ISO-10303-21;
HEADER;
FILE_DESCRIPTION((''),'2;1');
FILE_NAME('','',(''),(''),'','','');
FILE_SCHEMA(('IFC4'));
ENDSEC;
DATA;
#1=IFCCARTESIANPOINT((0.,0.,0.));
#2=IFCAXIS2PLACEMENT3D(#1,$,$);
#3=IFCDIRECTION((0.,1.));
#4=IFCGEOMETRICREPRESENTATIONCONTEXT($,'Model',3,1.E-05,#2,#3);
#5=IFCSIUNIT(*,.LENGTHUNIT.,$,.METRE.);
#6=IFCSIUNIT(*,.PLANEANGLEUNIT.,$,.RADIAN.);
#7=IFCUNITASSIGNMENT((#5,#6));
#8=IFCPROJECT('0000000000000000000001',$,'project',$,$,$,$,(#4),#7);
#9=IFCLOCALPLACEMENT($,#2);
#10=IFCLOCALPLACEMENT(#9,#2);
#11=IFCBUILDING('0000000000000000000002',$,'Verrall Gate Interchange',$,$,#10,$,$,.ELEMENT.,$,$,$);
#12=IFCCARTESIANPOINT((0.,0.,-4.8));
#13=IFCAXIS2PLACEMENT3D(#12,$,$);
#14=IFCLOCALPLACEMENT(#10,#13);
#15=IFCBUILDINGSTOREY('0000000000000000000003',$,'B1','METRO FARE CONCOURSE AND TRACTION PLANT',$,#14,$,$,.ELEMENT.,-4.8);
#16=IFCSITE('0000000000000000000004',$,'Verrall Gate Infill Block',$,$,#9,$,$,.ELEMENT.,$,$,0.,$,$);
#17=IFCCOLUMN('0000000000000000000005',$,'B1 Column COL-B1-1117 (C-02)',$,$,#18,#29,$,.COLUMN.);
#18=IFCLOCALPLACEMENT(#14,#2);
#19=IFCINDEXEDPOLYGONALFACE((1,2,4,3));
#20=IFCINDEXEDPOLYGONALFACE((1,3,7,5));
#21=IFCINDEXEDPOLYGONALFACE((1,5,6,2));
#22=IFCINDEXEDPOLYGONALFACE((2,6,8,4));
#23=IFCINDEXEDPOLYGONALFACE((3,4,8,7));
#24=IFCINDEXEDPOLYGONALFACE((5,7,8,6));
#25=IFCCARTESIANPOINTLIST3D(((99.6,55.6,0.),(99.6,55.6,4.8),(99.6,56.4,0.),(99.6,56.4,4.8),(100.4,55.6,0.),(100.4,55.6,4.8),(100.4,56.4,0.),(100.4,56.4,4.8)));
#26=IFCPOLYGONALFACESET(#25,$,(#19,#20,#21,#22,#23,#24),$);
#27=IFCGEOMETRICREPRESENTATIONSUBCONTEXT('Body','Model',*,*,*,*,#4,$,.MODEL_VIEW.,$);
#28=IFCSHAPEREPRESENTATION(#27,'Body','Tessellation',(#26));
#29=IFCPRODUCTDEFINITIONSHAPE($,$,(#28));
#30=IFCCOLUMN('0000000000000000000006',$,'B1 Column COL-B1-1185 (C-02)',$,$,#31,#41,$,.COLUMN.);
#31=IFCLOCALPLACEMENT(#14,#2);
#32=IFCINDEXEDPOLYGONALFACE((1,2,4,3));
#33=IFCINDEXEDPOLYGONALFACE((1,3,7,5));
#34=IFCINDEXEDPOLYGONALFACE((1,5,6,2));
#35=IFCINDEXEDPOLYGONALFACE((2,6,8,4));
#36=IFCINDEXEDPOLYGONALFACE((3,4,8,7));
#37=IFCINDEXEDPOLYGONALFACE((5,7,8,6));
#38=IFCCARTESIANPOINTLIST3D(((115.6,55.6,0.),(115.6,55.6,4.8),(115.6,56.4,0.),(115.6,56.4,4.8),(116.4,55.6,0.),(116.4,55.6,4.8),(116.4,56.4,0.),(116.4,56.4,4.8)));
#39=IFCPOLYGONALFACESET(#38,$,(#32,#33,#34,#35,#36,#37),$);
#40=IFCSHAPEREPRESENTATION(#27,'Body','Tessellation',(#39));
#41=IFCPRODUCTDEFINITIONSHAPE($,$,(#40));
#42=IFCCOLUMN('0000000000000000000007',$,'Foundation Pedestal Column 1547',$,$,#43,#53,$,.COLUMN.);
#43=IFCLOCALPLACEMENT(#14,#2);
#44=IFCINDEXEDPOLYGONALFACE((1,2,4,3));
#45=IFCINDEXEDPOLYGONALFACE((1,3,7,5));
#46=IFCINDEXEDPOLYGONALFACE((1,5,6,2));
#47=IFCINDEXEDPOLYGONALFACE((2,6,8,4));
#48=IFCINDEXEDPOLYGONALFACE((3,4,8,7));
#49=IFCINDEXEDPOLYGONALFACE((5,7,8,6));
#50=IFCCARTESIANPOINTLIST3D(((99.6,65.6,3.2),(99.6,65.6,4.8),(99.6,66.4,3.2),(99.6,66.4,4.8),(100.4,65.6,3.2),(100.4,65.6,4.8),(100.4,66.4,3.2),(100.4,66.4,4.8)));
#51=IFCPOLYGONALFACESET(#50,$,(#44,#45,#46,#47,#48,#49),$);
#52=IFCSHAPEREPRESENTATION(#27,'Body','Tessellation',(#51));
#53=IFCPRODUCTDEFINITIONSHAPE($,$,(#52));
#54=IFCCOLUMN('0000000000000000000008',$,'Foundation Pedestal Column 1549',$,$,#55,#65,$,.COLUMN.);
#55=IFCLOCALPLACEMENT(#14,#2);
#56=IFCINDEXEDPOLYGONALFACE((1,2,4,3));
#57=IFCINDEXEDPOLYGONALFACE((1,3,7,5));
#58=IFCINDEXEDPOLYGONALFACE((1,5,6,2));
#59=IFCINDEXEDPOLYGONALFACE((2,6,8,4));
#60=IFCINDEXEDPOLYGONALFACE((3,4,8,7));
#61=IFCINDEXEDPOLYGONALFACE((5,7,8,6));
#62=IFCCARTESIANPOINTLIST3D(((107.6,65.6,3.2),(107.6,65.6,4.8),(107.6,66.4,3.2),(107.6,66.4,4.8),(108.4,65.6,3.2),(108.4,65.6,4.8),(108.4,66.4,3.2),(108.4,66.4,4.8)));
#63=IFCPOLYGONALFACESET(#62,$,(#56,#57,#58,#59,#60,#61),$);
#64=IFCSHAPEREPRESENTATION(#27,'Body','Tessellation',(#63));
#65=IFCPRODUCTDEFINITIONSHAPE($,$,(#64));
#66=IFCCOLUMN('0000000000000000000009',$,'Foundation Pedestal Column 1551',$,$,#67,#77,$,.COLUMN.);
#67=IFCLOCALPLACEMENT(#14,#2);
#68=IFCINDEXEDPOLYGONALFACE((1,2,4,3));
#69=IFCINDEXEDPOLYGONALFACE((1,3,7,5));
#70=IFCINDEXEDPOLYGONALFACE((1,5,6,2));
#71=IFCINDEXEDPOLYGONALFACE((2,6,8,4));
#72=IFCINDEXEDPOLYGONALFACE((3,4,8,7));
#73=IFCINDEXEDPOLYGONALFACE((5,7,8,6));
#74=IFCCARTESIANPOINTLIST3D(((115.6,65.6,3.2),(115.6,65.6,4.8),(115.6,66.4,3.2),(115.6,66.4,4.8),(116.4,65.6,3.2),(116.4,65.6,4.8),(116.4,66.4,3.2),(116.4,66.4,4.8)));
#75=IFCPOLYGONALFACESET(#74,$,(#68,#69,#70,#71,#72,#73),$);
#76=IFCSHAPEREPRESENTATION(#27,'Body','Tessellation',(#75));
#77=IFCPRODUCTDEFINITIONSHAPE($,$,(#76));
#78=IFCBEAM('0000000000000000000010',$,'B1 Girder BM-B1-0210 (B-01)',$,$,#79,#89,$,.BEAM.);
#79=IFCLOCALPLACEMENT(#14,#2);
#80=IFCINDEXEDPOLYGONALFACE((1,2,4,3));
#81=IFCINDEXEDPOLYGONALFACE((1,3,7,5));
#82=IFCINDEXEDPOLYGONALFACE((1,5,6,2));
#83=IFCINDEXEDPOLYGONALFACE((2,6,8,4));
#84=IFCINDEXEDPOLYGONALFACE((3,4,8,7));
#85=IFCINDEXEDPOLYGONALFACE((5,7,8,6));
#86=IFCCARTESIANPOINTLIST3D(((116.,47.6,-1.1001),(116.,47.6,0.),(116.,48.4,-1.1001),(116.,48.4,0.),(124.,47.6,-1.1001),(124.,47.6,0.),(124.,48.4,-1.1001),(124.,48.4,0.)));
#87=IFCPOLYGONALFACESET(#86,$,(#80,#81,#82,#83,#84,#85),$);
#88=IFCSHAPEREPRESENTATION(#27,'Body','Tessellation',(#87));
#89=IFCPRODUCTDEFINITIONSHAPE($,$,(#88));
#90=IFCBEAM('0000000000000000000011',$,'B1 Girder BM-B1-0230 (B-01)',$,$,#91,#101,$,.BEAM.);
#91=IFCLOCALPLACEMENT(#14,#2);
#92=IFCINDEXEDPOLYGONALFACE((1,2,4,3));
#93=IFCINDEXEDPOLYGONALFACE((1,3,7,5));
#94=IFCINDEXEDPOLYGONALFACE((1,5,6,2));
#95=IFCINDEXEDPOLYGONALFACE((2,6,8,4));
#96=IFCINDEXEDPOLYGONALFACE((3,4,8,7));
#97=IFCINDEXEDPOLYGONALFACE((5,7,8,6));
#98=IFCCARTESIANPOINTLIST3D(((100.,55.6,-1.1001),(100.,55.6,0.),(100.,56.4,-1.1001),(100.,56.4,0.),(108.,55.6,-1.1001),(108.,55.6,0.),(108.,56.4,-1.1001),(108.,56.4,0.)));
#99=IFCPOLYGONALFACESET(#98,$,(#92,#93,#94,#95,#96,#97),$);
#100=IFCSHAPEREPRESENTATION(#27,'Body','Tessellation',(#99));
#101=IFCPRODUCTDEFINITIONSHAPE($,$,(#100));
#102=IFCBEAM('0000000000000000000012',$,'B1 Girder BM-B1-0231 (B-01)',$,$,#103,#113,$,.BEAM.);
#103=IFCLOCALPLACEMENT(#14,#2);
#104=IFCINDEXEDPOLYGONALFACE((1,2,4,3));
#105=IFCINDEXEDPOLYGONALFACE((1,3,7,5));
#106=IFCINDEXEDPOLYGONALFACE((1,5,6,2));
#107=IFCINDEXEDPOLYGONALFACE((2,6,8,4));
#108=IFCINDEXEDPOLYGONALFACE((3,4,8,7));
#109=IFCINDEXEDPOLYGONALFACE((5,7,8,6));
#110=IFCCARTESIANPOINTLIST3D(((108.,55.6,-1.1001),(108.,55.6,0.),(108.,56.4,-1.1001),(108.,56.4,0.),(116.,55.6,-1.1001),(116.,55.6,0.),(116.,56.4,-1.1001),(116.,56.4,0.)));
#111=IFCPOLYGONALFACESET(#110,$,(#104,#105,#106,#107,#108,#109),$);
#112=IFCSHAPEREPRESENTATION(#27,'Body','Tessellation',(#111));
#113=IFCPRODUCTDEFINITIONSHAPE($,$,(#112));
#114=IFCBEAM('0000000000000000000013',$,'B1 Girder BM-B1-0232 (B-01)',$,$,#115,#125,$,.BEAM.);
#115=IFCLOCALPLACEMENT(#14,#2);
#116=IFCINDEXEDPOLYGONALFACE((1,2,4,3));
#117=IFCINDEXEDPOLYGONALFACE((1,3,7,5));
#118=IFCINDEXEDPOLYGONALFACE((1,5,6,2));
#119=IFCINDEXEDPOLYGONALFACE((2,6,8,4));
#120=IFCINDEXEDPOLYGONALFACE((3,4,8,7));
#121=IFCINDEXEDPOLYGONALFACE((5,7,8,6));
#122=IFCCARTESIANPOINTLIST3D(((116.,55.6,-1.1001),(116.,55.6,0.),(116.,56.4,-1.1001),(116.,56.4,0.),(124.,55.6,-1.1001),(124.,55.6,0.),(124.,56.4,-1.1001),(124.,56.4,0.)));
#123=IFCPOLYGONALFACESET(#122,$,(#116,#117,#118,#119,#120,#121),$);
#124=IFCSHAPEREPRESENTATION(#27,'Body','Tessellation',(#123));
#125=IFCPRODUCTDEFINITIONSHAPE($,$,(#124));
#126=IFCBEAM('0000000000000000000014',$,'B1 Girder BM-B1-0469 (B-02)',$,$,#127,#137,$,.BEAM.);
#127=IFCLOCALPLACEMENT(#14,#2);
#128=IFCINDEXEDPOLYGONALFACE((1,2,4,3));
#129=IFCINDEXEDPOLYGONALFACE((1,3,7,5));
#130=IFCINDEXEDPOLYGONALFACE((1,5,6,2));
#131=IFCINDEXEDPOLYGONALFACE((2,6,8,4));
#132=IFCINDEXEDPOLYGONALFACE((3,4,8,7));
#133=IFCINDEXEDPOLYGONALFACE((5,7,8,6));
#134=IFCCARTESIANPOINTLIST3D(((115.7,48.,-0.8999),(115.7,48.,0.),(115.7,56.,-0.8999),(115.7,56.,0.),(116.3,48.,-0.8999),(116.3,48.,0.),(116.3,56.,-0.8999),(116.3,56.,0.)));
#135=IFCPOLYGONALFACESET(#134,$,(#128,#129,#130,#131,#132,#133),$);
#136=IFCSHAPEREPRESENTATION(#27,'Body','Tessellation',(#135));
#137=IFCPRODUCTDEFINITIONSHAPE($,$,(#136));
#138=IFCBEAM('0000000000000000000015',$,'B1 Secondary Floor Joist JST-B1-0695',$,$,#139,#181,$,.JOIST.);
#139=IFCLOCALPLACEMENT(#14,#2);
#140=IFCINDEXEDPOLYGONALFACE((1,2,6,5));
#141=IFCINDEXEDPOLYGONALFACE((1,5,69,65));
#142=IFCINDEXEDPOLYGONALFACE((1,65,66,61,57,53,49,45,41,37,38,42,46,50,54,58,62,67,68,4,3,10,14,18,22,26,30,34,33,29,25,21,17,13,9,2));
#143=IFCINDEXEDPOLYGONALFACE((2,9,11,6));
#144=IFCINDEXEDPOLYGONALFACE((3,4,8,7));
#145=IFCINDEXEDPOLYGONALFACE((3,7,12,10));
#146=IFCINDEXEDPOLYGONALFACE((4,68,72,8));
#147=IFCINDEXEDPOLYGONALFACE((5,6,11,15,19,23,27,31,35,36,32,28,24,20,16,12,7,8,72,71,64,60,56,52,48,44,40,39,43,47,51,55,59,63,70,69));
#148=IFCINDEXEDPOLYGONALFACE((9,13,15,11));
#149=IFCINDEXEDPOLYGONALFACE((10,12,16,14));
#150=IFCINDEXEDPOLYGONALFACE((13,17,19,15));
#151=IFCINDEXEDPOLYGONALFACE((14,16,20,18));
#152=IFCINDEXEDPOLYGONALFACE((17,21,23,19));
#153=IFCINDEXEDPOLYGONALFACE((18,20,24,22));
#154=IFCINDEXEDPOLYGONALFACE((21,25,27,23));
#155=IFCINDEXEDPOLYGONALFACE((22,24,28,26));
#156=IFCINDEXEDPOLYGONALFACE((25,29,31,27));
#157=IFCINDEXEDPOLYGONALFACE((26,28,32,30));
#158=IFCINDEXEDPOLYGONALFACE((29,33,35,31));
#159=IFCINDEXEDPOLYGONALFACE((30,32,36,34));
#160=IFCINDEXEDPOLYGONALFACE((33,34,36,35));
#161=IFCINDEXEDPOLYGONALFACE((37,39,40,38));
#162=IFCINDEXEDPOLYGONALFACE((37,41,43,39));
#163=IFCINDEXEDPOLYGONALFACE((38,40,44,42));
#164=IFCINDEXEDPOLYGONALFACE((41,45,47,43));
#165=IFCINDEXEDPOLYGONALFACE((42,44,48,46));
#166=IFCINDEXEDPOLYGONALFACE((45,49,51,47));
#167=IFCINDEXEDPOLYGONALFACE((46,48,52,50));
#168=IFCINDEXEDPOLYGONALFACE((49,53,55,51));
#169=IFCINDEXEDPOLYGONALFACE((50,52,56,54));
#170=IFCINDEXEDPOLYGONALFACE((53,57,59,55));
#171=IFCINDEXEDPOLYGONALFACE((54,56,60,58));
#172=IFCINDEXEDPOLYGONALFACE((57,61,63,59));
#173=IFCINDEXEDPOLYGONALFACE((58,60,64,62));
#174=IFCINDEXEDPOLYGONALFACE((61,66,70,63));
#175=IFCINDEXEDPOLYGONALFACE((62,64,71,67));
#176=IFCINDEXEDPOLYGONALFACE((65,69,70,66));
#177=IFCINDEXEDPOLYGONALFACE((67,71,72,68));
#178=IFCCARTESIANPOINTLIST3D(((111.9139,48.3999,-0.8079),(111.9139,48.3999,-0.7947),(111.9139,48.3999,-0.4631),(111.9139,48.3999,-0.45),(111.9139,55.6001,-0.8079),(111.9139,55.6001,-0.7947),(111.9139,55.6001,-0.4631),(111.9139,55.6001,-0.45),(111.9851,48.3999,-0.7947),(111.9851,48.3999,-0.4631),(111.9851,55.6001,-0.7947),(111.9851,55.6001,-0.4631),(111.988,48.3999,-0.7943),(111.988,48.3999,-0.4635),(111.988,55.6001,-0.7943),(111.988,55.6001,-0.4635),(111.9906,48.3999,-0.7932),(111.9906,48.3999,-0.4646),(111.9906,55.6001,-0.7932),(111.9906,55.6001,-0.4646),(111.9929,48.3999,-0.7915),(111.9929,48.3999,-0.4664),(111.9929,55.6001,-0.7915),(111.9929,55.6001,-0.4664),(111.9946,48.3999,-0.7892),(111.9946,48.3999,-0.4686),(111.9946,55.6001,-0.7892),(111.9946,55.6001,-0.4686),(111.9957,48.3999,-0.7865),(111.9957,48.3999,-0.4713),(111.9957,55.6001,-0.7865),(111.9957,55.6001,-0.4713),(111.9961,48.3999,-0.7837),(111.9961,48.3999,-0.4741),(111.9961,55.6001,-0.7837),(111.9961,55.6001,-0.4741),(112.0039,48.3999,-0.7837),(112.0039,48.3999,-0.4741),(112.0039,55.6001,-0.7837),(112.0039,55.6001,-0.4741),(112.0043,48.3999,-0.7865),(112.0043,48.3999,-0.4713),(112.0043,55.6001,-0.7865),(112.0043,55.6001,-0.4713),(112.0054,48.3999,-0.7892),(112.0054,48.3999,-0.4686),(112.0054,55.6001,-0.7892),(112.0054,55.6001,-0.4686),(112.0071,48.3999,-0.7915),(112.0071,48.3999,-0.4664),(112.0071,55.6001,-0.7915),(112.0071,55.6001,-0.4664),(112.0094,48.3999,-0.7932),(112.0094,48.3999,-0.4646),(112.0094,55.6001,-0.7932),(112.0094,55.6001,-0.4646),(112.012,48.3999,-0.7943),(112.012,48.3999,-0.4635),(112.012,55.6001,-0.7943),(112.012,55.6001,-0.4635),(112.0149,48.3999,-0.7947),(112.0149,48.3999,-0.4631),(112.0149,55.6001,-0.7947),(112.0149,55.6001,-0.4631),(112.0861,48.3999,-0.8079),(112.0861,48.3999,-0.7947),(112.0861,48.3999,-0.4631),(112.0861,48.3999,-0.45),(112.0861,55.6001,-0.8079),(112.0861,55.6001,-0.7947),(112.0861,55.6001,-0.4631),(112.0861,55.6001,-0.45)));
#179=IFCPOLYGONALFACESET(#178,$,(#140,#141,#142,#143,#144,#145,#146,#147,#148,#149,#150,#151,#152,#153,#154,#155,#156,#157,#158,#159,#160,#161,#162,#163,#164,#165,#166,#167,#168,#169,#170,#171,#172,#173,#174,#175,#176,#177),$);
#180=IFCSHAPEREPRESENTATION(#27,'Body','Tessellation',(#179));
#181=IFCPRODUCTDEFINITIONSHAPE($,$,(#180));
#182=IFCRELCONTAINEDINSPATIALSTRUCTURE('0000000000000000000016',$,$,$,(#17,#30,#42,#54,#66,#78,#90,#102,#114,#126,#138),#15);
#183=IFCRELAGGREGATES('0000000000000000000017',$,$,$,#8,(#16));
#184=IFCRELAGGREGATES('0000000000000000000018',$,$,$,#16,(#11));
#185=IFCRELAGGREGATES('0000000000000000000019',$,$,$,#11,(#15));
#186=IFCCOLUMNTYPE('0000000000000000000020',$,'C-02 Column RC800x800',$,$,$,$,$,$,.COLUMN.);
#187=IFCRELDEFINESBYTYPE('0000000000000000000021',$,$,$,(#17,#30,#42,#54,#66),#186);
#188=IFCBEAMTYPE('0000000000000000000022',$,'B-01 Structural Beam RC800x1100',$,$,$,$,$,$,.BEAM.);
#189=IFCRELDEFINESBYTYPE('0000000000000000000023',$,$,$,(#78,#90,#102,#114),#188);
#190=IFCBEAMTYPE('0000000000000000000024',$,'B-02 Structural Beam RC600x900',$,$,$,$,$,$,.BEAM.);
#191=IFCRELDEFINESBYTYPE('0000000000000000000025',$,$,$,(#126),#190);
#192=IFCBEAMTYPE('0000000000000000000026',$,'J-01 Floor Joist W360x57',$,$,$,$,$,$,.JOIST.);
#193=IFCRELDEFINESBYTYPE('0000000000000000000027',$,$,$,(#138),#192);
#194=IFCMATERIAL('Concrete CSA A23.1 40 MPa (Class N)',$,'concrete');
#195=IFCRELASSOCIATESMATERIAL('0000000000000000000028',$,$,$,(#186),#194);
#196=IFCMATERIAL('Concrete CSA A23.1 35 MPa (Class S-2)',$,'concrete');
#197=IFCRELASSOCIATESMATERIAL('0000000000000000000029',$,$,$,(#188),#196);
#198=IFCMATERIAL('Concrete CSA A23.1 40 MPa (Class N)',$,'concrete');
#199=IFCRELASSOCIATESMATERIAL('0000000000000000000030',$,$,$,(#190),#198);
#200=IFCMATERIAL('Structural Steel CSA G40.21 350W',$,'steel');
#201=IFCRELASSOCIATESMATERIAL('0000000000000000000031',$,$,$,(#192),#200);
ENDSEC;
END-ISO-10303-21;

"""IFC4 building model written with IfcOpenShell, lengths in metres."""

from ifc_helpers import new_model, si_unit, direction, frame, origin, origin_2d, place, context, subcontext, project, spatial, rectangle, i_section, extrude, material, material_profile, profile_set, type_object, element, save


model = new_model("IFC4")

# Units and contexts
model_context = context("Model", 3, precision=1e-05, world=origin(), true_north=direction((0.0, 1.0)))
body_context = subcontext(model_context, "Body", "Model", "MODEL_VIEW")
ifc_project = project(units=[si_unit("LENGTHUNIT", "METRE"), si_unit("PLANEANGLEUNIT", "RADIAN")], contexts=[model_context])

# Site, building, storey
site_placement = place(None, origin())
site = spatial("IfcSite", under=ifc_project, at=site_placement, Name="Verrall Gate Infill Block", CompositionType="ELEMENT", RefElevation=0.0)
building_placement = place(site_placement, origin())
building = spatial("IfcBuilding", under=site, at=building_placement, Name="Verrall Gate Interchange", CompositionType="ELEMENT")
storey_placement = place(building_placement, frame((0.0, 0.0, -4.8)))
storey = spatial("IfcBuildingStorey", under=building, at=storey_placement, Name="B1", Description="METRO FARE CONCOURSE AND TRACTION PLANT", CompositionType="ELEMENT", Elevation=-4.8)

# Columns
ifc_material_1 = material(Name="Concrete CSA A23.1 40 MPa (Class N)", Category="concrete")
ifc_material_profile_1 = material_profile(ifc_material_1, rectangle(XDim=0.8, YDim=0.8, at=origin_2d()), Name="RC800x800")
ifc_profile_set_1 = profile_set([ifc_material_profile_1], Name="Concrete CSA A23.1 40 MPa (Class N)")
column_type_1 = type_object("IfcColumnType", Name="C-02 Column RC800x800", PredefinedType="COLUMN", material=ifc_profile_set_1)
for number, where, z_axis, x_axis, name in (
    (1, (100.0, 56.0, 0.0), (0.0, 0.0, 1.0), (1.0, 0.0, 0.0), "B1 Column COL-B1-1117 (C-02)"),
    (2, (116.0, 56.0, 0.0), (0.0, 0.0, 1.0), (1.0, 0.0, 0.0), "B1 Column COL-B1-1185 (C-02)"),
):
    element("IfcColumn", number, at=place(storey_placement, frame(where, z_axis=z_axis, x_axis=x_axis)), inside=storey, type_object=column_type_1, Name=name, PredefinedType="COLUMN", context=body_context, shape_type="SweptSolid", body=[
        extrude(rectangle(XDim=0.8, YDim=0.8, at=origin_2d()), origin(), (0.0, 0.0, 1.0), 4.8),
    ])
for number, where, z_axis, x_axis, name in (
    (3, (100.0, 66.0, 3.2), (0.0, 0.0, 1.0), (1.0, 0.0, 0.0), "Foundation Pedestal Column 1547"),
    (4, (108.0, 66.0, 3.2), (0.0, 0.0, 1.0), (1.0, 0.0, 0.0), "Foundation Pedestal Column 1549"),
    (5, (116.0, 66.0, 3.2), (0.0, 0.0, 1.0), (1.0, 0.0, 0.0), "Foundation Pedestal Column 1551"),
):
    element("IfcColumn", number, at=place(storey_placement, frame(where, z_axis=z_axis, x_axis=x_axis)), inside=storey, type_object=column_type_1, Name=name, PredefinedType="COLUMN", context=body_context, shape_type="SweptSolid", body=[
        extrude(rectangle(XDim=0.8, YDim=0.8, at=origin_2d()), origin(), (0.0, 0.0, 1.0), 1.6001),
    ])

# Beams
ifc_material_2 = material(Name="Concrete CSA A23.1 35 MPa (Class S-2)", Category="concrete")
ifc_material_profile_2 = material_profile(ifc_material_2, rectangle(XDim=0.8, YDim=1.1001, at=origin_2d()), Name="RC800x1100")
ifc_profile_set_2 = profile_set([ifc_material_profile_2], Name="Concrete CSA A23.1 35 MPa (Class S-2)")
beam_type_1 = type_object("IfcBeamType", Name="B-01 Structural Beam RC800x1100", PredefinedType="BEAM", material=ifc_profile_set_2)
for number, where, z_axis, x_axis, name in (
    (6, (116.0, 48.0, -0.55), (1.0, 0.0, 0.0), (0.0, 1.0, 0.0), "B1 Girder BM-B1-0210 (B-01)"),
    (7, (100.0, 56.0, -0.55), (1.0, 0.0, 0.0), (0.0, 1.0, 0.0), "B1 Girder BM-B1-0230 (B-01)"),
    (8, (108.0, 56.0, -0.55), (1.0, 0.0, 0.0), (0.0, 1.0, 0.0), "B1 Girder BM-B1-0231 (B-01)"),
    (9, (116.0, 56.0, -0.55), (1.0, 0.0, 0.0), (0.0, 1.0, 0.0), "B1 Girder BM-B1-0232 (B-01)"),
):
    element("IfcBeam", number, at=place(storey_placement, frame(where, z_axis=z_axis, x_axis=x_axis)), inside=storey, type_object=beam_type_1, Name=name, PredefinedType="BEAM", context=body_context, shape_type="SweptSolid", body=[
        extrude(rectangle(XDim=0.8, YDim=1.1001, at=origin_2d()), origin(), (0.0, 0.0, 1.0), 8.0),
    ])
ifc_material_3 = material(Name="Concrete CSA A23.1 40 MPa (Class N)", Category="concrete")
ifc_material_profile_3 = material_profile(ifc_material_3, rectangle(XDim=0.6001, YDim=0.8999, at=origin_2d()), Name="RC600x900")
ifc_profile_set_3 = profile_set([ifc_material_profile_3], Name="Concrete CSA A23.1 40 MPa (Class N)")
beam_type_2 = type_object("IfcBeamType", Name="B-02 Structural Beam RC600x900", PredefinedType="BEAM", material=ifc_profile_set_3)
beam_1_placement = place(storey_placement, frame((116.0, 48.0, -0.45), z_axis=(0.0, 1.0, 0.0), x_axis=(-1.0, 0.0, 0.0)))
element("IfcBeam", 10, at=beam_1_placement, inside=storey, type_object=beam_type_2, Name="B1 Girder BM-B1-0469 (B-02)", PredefinedType="BEAM", context=body_context, shape_type="SweptSolid", body=[
    extrude(rectangle(XDim=0.6001, YDim=0.8999, at=origin_2d()), origin(), (0.0, 0.0, 1.0), 8.0),
])
ifc_material_4 = material(Name="Structural Steel CSA G40.21 350W", Category="steel")
ifc_material_profile_4 = material_profile(ifc_material_4, i_section(OverallWidth=0.1721, OverallDepth=0.3579, WebThickness=0.0078, FlangeThickness=0.0132, FilletRadius=0.011, at=origin_2d()), Name="W360x57")
ifc_profile_set_4 = profile_set([ifc_material_profile_4], Name="Structural Steel CSA G40.21 350W")
beam_type_3 = type_object("IfcBeamType", Name="J-01 Floor Joist W360x57", PredefinedType="JOIST", material=ifc_profile_set_4)
beam_2_placement = place(storey_placement, frame((112.0, 48.3999, -0.6289), z_axis=(0.0, 1.0, 0.0), x_axis=(-1.0, 0.0, 0.0)))
element("IfcBeam", 11, at=beam_2_placement, inside=storey, type_object=beam_type_3, Name="B1 Secondary Floor Joist JST-B1-0695", PredefinedType="JOIST", context=body_context, shape_type="SweptSolid", body=[
    extrude(i_section(OverallWidth=0.1721, OverallDepth=0.3579, WebThickness=0.0078, FlangeThickness=0.0132, FilletRadius=0.011, at=origin_2d()), origin(), (0.0, 0.0, 1.0), 7.2002),
])

save(model, "model.ifc")
